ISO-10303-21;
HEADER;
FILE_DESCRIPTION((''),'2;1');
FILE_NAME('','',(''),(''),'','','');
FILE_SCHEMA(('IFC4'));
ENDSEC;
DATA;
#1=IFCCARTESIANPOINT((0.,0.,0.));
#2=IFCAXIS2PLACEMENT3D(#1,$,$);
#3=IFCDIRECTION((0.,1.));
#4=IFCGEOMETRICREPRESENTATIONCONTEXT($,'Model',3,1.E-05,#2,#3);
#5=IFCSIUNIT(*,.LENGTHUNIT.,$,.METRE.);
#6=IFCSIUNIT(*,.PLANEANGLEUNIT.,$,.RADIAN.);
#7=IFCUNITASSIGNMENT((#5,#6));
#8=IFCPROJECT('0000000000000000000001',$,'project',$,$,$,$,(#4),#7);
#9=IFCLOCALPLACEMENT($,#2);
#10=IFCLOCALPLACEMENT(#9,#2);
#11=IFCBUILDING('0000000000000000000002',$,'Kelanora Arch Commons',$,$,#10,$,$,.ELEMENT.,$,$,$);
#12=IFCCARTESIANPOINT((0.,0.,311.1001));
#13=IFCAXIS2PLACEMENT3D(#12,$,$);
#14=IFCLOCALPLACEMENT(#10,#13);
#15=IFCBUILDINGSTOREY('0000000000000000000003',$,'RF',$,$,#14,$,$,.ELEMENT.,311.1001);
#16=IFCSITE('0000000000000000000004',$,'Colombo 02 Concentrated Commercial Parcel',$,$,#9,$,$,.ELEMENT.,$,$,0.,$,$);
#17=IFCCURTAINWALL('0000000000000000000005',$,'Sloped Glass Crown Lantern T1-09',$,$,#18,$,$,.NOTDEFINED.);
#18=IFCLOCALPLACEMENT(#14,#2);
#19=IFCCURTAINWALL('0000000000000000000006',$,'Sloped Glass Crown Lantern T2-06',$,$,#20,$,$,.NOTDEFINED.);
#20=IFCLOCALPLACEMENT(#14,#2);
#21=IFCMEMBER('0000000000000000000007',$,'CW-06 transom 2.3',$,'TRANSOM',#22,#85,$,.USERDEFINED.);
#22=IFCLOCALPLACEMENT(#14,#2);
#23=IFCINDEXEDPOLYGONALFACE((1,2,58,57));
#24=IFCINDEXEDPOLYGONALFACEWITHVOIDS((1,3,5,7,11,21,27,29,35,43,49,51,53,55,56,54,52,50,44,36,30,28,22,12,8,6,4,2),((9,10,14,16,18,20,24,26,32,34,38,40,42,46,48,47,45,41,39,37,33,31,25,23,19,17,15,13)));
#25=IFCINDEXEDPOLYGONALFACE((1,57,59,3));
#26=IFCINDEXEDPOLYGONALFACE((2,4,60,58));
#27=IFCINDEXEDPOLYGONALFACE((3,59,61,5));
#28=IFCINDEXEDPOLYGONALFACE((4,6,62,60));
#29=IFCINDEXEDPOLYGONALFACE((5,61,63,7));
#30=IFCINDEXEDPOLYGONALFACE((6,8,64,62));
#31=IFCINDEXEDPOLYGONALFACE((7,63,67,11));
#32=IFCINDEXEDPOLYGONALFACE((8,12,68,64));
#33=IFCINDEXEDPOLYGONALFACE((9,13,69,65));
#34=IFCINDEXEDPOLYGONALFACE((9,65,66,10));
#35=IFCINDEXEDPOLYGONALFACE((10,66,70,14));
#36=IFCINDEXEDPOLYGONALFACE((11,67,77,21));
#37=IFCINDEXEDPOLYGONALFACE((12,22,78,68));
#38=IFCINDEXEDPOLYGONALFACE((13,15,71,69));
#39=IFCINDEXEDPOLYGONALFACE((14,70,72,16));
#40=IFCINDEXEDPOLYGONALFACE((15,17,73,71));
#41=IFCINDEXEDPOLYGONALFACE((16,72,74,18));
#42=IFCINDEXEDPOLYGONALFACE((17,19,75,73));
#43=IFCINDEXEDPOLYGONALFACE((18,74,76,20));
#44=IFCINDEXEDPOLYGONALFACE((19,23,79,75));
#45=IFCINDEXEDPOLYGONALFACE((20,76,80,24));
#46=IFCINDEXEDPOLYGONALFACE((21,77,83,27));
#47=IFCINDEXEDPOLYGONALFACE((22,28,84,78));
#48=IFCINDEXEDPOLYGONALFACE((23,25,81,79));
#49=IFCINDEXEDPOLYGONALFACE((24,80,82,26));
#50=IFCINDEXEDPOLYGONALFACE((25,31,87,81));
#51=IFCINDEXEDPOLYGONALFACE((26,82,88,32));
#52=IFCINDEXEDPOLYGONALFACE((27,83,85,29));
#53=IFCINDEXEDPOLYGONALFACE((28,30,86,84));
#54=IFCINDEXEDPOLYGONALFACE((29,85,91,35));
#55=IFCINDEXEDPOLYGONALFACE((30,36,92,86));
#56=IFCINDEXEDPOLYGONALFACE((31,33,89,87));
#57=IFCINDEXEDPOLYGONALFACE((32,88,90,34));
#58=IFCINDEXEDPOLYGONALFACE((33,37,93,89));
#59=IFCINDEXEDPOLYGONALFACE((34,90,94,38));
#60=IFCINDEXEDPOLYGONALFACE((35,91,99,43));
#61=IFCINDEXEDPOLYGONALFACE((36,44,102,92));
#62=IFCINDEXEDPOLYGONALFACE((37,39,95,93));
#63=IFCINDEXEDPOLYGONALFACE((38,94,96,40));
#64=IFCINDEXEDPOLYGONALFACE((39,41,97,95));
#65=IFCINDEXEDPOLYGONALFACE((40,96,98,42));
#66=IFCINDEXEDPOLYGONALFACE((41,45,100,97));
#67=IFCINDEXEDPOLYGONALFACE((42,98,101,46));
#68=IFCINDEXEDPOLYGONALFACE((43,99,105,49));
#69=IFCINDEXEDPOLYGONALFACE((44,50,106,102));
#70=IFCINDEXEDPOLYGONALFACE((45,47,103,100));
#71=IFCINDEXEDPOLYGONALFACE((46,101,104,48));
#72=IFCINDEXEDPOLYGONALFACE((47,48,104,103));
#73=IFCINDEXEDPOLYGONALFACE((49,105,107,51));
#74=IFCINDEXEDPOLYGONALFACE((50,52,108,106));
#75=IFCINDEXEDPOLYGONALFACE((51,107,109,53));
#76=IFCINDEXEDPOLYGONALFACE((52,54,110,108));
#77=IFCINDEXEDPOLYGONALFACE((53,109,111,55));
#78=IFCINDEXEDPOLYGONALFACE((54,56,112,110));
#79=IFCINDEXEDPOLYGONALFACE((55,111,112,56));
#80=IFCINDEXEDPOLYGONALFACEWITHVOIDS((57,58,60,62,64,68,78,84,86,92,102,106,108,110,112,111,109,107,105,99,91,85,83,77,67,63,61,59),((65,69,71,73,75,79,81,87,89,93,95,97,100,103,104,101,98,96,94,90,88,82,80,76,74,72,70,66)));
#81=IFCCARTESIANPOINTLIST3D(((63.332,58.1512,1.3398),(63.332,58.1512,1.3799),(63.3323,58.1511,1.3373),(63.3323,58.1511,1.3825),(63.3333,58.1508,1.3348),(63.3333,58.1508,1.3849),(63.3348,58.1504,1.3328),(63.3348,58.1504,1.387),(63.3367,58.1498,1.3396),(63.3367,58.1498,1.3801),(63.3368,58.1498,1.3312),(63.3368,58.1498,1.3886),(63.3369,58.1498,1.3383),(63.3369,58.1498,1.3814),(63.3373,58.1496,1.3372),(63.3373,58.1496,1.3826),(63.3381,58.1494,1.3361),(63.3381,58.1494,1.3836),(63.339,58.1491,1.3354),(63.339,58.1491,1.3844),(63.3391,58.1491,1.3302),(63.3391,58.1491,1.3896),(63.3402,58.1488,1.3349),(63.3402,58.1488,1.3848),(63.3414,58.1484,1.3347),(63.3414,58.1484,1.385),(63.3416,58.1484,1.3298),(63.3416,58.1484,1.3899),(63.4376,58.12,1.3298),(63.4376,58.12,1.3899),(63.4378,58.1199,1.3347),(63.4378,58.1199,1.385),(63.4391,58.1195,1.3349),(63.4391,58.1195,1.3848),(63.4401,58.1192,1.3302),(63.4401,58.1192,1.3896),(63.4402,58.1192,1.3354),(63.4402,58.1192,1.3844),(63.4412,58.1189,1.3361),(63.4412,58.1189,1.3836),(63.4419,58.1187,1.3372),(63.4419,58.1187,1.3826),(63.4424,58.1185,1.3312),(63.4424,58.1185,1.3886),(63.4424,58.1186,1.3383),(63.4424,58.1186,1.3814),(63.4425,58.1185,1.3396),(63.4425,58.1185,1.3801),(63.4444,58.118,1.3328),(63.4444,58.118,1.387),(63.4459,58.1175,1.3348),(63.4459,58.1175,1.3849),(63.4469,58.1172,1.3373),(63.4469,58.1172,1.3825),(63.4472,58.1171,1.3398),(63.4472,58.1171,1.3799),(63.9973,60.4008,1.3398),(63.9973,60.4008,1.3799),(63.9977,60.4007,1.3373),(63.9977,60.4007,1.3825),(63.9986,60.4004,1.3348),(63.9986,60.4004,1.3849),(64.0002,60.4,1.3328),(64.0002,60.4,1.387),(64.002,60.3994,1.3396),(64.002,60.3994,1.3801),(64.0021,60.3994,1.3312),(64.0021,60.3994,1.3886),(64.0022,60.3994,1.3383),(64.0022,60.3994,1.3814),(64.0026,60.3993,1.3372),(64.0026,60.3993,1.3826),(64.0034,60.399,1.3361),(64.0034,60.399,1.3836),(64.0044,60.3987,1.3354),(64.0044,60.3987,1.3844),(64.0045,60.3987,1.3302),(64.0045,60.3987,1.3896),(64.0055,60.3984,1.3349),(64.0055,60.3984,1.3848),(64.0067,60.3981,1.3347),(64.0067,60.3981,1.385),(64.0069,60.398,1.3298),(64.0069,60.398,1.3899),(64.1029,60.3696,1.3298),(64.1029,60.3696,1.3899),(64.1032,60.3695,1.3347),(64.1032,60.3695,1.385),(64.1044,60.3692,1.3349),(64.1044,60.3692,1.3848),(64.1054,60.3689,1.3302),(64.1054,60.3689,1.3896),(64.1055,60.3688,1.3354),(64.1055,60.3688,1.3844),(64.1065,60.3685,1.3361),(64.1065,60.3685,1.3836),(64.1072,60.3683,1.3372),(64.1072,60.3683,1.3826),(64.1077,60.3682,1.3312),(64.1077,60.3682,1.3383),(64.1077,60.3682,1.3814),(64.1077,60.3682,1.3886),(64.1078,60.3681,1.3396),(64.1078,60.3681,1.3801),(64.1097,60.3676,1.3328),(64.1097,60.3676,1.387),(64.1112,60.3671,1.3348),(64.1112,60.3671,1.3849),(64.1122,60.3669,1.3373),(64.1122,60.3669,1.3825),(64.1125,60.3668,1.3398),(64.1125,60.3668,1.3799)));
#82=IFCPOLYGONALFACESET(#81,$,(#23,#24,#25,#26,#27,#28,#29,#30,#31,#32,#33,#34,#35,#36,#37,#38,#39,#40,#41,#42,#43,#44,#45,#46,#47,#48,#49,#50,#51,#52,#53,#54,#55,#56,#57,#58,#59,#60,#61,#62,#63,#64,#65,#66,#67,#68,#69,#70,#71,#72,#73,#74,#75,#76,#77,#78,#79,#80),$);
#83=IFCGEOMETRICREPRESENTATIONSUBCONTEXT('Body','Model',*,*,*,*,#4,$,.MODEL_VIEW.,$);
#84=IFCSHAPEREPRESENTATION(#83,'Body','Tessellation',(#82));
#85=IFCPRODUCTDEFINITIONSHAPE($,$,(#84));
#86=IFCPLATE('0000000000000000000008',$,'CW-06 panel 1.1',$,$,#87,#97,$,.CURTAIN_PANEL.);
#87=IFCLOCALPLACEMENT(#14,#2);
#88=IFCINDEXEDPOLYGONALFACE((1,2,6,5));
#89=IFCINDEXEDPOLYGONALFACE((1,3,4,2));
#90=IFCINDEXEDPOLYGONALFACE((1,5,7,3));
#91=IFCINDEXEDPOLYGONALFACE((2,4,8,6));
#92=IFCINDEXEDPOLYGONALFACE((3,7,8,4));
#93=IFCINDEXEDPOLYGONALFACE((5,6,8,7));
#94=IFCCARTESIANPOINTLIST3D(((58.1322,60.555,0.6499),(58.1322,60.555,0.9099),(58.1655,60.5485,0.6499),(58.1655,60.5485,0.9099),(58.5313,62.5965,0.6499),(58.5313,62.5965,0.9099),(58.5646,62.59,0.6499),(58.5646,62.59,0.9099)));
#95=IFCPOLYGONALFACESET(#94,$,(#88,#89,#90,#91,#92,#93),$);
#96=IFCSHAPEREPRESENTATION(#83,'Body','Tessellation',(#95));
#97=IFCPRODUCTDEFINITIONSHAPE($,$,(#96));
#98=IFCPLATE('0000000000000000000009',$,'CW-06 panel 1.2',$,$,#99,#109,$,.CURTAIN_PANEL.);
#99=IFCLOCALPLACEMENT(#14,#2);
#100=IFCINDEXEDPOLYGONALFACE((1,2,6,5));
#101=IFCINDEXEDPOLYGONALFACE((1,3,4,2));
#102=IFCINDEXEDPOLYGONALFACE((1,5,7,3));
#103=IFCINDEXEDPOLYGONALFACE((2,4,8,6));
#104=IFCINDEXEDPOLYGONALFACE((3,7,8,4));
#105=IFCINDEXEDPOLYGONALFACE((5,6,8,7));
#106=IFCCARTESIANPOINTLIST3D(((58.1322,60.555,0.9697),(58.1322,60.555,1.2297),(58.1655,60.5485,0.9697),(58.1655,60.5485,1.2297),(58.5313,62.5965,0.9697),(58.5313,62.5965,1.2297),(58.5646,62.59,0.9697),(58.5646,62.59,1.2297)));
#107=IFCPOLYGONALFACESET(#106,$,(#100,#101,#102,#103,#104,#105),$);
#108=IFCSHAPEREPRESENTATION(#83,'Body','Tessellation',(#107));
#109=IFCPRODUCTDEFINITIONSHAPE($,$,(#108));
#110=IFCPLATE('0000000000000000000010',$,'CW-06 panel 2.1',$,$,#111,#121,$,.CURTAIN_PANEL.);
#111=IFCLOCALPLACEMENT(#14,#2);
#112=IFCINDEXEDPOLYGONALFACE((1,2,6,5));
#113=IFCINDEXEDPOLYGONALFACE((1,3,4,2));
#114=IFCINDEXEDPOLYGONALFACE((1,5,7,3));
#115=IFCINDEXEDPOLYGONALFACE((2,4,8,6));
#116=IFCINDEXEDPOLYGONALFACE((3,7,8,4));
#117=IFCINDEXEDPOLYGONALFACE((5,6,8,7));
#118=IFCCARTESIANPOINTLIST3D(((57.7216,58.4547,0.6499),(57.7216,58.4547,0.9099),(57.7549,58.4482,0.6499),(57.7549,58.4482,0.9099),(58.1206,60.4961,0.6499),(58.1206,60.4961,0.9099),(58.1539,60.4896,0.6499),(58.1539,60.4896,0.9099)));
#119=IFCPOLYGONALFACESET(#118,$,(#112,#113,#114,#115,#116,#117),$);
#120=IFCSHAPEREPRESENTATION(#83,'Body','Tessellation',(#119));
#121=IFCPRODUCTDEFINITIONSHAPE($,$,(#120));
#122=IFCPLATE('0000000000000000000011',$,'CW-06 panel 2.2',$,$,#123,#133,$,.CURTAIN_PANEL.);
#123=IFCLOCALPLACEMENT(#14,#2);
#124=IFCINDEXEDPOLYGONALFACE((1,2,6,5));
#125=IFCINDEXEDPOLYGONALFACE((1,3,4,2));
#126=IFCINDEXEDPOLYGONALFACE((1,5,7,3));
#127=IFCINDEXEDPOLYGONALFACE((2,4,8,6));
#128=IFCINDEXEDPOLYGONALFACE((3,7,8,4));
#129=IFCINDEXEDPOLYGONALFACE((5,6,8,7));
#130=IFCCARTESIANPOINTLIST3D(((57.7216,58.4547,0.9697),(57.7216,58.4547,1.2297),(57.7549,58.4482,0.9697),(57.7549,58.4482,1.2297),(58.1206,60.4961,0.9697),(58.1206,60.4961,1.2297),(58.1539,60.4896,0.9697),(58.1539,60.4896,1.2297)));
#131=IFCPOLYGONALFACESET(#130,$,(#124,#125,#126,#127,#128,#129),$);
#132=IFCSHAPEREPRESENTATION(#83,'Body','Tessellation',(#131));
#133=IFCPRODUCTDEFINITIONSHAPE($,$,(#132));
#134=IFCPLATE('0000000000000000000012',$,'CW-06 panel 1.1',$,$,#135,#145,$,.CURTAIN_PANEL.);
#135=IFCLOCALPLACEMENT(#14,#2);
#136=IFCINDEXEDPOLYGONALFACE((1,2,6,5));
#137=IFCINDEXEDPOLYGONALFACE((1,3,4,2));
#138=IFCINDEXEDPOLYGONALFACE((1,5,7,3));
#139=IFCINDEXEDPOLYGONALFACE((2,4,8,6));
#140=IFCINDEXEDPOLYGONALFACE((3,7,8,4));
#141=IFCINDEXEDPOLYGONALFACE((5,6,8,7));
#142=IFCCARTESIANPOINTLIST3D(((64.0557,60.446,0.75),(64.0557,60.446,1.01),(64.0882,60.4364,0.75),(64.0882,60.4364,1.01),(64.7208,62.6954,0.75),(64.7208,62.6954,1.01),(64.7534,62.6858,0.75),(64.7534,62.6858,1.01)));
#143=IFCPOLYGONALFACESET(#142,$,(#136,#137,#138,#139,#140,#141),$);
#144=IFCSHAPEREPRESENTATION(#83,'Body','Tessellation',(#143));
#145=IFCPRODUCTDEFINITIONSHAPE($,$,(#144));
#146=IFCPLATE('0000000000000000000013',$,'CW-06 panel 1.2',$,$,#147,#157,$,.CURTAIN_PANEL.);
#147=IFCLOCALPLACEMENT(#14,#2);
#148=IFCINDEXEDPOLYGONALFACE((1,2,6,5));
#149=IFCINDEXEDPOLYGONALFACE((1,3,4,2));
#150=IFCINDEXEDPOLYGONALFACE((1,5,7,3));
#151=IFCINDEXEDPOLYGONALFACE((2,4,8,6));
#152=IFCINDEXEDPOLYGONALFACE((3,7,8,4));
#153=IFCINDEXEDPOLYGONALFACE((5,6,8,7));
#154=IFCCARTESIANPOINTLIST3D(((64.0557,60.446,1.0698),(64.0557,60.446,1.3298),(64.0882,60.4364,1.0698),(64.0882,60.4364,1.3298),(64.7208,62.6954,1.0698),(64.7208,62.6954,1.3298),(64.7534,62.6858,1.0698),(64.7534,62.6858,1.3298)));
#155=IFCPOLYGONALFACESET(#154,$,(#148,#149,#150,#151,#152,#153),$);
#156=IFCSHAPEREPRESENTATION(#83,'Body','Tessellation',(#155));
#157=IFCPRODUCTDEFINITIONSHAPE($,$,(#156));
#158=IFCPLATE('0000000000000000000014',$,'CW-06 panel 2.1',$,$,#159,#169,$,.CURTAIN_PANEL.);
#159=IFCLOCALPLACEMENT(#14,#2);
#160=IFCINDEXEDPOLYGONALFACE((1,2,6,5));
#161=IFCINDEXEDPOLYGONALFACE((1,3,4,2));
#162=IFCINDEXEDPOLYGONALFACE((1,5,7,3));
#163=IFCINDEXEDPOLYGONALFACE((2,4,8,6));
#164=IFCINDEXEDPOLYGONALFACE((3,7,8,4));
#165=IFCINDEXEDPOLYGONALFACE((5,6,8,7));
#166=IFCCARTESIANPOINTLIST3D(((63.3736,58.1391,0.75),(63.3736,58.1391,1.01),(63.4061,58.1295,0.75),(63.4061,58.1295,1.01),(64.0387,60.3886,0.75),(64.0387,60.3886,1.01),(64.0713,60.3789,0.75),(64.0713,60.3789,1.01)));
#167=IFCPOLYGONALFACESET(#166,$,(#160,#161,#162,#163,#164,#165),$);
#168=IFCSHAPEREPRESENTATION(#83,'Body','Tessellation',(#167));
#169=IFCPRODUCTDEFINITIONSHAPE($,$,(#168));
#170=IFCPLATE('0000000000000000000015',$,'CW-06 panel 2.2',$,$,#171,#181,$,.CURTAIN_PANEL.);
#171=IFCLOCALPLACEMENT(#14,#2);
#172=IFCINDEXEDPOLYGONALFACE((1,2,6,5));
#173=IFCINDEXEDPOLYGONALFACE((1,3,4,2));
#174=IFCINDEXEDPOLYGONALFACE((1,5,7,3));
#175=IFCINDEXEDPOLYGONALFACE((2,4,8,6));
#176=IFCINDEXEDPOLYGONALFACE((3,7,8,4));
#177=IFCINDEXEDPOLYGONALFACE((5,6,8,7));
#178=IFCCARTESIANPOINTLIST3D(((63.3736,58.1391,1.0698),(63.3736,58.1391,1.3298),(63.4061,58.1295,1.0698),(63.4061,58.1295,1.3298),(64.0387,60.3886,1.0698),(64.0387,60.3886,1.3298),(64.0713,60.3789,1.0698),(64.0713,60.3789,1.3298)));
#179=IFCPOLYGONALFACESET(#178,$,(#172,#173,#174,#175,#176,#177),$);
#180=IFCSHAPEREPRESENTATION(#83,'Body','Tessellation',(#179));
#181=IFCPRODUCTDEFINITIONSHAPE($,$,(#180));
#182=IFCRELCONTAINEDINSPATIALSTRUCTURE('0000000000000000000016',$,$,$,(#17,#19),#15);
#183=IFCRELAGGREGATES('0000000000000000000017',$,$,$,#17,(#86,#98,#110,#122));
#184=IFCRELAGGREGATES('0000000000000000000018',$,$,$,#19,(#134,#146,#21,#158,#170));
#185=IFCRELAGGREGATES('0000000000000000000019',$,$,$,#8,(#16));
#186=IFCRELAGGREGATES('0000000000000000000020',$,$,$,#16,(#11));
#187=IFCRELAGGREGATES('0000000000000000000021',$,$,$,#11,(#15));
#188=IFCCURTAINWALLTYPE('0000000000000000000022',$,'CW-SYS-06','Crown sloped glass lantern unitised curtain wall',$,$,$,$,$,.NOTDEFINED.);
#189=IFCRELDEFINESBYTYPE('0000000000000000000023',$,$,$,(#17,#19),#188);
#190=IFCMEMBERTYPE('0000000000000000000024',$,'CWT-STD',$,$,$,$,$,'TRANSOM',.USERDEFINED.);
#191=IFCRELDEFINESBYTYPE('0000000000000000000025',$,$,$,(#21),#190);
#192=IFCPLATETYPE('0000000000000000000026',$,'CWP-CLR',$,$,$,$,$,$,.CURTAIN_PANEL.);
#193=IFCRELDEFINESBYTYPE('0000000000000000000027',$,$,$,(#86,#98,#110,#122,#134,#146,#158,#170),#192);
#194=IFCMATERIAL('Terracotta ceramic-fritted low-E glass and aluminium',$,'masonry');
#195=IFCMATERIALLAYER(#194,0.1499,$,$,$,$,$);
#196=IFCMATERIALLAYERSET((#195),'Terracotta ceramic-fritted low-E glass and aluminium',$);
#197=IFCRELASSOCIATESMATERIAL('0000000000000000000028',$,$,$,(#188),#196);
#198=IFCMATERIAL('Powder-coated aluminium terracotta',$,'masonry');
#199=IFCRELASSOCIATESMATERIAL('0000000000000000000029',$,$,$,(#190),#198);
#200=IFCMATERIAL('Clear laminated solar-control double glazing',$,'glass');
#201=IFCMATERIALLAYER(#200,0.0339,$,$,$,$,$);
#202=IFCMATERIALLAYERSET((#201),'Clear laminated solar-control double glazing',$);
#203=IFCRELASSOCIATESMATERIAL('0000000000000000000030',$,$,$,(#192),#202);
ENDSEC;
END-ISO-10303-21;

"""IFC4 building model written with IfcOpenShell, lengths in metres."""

from ifc_helpers import new_model, si_unit, direction, frame, origin, origin_2d, place, context, subcontext, project, spatial, rectangle, hollow_rectangle, extrude, source, transform, mapped, material, layer, layer_set, material_profile, profile_set, type_object, element, aggregate, save


model = new_model("IFC4")

# Units and contexts
model_context = context("Model", 3, precision=1e-05, world=origin(), true_north=direction((0.0, 1.0)))
body_context = subcontext(model_context, "Body", "Model", "MODEL_VIEW")
ifc_project = project(units=[si_unit("LENGTHUNIT", "METRE"), si_unit("PLANEANGLEUNIT", "RADIAN")], contexts=[model_context])

# Site, building, storey
site_placement = place(None, origin())
site = spatial("IfcSite", under=ifc_project, at=site_placement, Name="Colombo 02 Concentrated Commercial Parcel", CompositionType="ELEMENT", RefElevation=0.0)
building_placement = place(site_placement, origin())
building = spatial("IfcBuilding", under=site, at=building_placement, Name="Kelanora Arch Commons", CompositionType="ELEMENT")
storey_placement = place(building_placement, frame((0.0, 0.0, 311.1001)))
storey = spatial("IfcBuildingStorey", under=building, at=storey_placement, Name="RF", CompositionType="ELEMENT", Elevation=311.1001)

# Curtain walls
ifc_material_1 = material(Name="Terracotta ceramic-fritted low-E glass and aluminium", Category="masonry")
ifc_layer_1 = layer(ifc_material_1, 0.1499)
ifc_layer_set_1 = layer_set([ifc_layer_1], Name="Terracotta ceramic-fritted low-E glass and aluminium")
curtain_wall_type = type_object("IfcCurtainWallType", Name="CW-SYS-06", Description="Crown sloped glass lantern unitised curtain wall", PredefinedType="NOTDEFINED", material=ifc_layer_set_1)
curtain_wall_1_placement = place(storey_placement, origin())
curtain_wall_1 = element("IfcCurtainWall", 1, at=curtain_wall_1_placement, inside=storey, type_object=curtain_wall_type, Name="Sloped Glass Crown Lantern T1-09", PredefinedType="NOTDEFINED")
ifc_material_2 = material(Name="Powder-coated aluminium terracotta", Category="masonry")
curtain_wall_2_placement = place(storey_placement, origin())
curtain_wall_2 = element("IfcCurtainWall", 2, at=curtain_wall_2_placement, inside=storey, type_object=curtain_wall_type, Name="Sloped Glass Crown Lantern T2-06", PredefinedType="NOTDEFINED")

# Member
ifc_material_profile_1 = material_profile(ifc_material_2, hollow_rectangle(XDim=0.1201, YDim=0.0601, WallThickness=0.0049, InnerFilletRadius=0.0049, OuterFilletRadius=0.01, at=origin_2d()), Name="CWT120x60")
ifc_profile_set_1 = profile_set([ifc_material_profile_1], Name="Powder-coated aluminium terracotta")
member_type_1 = type_object("IfcMemberType", Name="CWT-STD", ElementType="TRANSOM", PredefinedType="USERDEFINED", material=ifc_profile_set_1)
member_1_placement = place(storey_placement, frame((64.0549, 60.3838, 1.3599), z_axis=(-0.283603, -0.958942, 0.0), x_axis=(0.958942, -0.283603, 0.0)))
member_1 = element("IfcMember", 3, at=member_1_placement, type_object=member_type_1, Name="CW-06 transom 2.3", ObjectType="TRANSOM", PredefinedType="USERDEFINED", context=body_context, shape_type="SweptSolid", body=[
    extrude(hollow_rectangle(XDim=0.1201, YDim=0.0601, WallThickness=0.0049, InnerFilletRadius=0.0049, OuterFilletRadius=0.01, at=origin_2d()), origin(), (0.0, 0.0, 1.0), 2.3459),
])

# Plates
ifc_material_3 = material(Name="Clear laminated solar-control double glazing", Category="glass")
ifc_layer_2 = layer(ifc_material_3, 0.0339)
ifc_layer_set_2 = layer_set([ifc_layer_2], Name="Clear laminated solar-control double glazing")
plate_type = type_object("IfcPlateType", Name="CWP-CLR", PredefinedType="CURTAIN_PANEL", material=ifc_layer_set_2)
shared_shape_1 = source(origin(), body_context, "Body", "SweptSolid", [
    extrude(rectangle(XDim=2.0801, YDim=0.0339, at=origin_2d()), origin(), (0.0, 0.0, 1.0), 0.26),
])
plate_1_placement = place(storey_placement, frame((58.3484, 61.5725, 0.6499), z_axis=(0.0, 0.0, 1.0), x_axis=(-0.191834, -0.981427, 0.0)))
plate_1 = element("IfcPlate", 4, at=plate_1_placement, type_object=plate_type, Name="CW-06 panel 1.1", PredefinedType="CURTAIN_PANEL", context=body_context, shape_type="MappedRepresentation", body=[
    mapped(shared_shape_1, transform((0.0, 0.0, 0.0), scale=1.0)),
])
plate_2_placement = place(storey_placement, frame((58.3484, 61.5725, 0.9697), z_axis=(0.0, 0.0, 1.0), x_axis=(-0.191834, -0.981427, 0.0)))
plate_2 = element("IfcPlate", 5, at=plate_2_placement, type_object=plate_type, Name="CW-06 panel 1.2", PredefinedType="CURTAIN_PANEL", context=body_context, shape_type="MappedRepresentation", body=[
    mapped(shared_shape_1, transform((0.0, 0.0, 0.0), scale=1.0)),
])
plate_3_placement = place(storey_placement, frame((57.9377, 59.4722, 0.6499), z_axis=(0.0, 0.0, 1.0), x_axis=(-0.191834, -0.981427, 0.0)))
plate_3 = element("IfcPlate", 6, at=plate_3_placement, type_object=plate_type, Name="CW-06 panel 2.1", PredefinedType="CURTAIN_PANEL", context=body_context, shape_type="MappedRepresentation", body=[
    mapped(shared_shape_1, transform((0.0, 0.0, 0.0), scale=1.0)),
])
plate_4_placement = place(storey_placement, frame((57.9377, 59.4722, 0.9697), z_axis=(0.0, 0.0, 1.0), x_axis=(-0.191834, -0.981427, 0.0)))
plate_4 = element("IfcPlate", 7, at=plate_4_placement, type_object=plate_type, Name="CW-06 panel 2.2", PredefinedType="CURTAIN_PANEL", context=body_context, shape_type="MappedRepresentation", body=[
    mapped(shared_shape_1, transform((0.0, 0.0, 0.0), scale=1.0)),
])
aggregate(curtain_wall_1, [plate_1, plate_2, plate_3, plate_4])
shared_shape_2 = source(origin(), body_context, "Body", "SweptSolid", [
    extrude(rectangle(XDim=2.3457, YDim=0.0339, at=origin_2d()), origin(), (0.0, 0.0, 1.0), 0.26),
])
plate_5_placement = place(storey_placement, frame((64.4045, 61.5659, 0.75), z_axis=(0.0, 0.0, 1.0), x_axis=(-0.283564, -0.958953, 0.0)))
plate_5 = element("IfcPlate", 8, at=plate_5_placement, type_object=plate_type, Name="CW-06 panel 1.1", PredefinedType="CURTAIN_PANEL", context=body_context, shape_type="MappedRepresentation", body=[
    mapped(shared_shape_2, transform((0.0, 0.0, 0.0), scale=1.0)),
])
plate_6_placement = place(storey_placement, frame((64.4045, 61.5659, 1.0698), z_axis=(0.0, 0.0, 1.0), x_axis=(-0.283564, -0.958953, 0.0)))
plate_6 = element("IfcPlate", 9, at=plate_6_placement, type_object=plate_type, Name="CW-06 panel 1.2", PredefinedType="CURTAIN_PANEL", context=body_context, shape_type="MappedRepresentation", body=[
    mapped(shared_shape_2, transform((0.0, 0.0, 0.0), scale=1.0)),
])
plate_7_placement = place(storey_placement, frame((63.7224, 59.259, 0.75), z_axis=(0.0, 0.0, 1.0), x_axis=(-0.283564, -0.958953, 0.0)))
plate_7 = element("IfcPlate", 10, at=plate_7_placement, type_object=plate_type, Name="CW-06 panel 2.1", PredefinedType="CURTAIN_PANEL", context=body_context, shape_type="MappedRepresentation", body=[
    mapped(shared_shape_2, transform((0.0, 0.0, 0.0), scale=1.0)),
])
plate_8_placement = place(storey_placement, frame((63.7224, 59.259, 1.0698), z_axis=(0.0, 0.0, 1.0), x_axis=(-0.283564, -0.958953, 0.0)))
plate_8 = element("IfcPlate", 11, at=plate_8_placement, type_object=plate_type, Name="CW-06 panel 2.2", PredefinedType="CURTAIN_PANEL", context=body_context, shape_type="MappedRepresentation", body=[
    mapped(shared_shape_2, transform((0.0, 0.0, 0.0), scale=1.0)),
])
aggregate(curtain_wall_2, [plate_5, plate_6, member_1, plate_7, plate_8])

save(model, "model.ifc")
